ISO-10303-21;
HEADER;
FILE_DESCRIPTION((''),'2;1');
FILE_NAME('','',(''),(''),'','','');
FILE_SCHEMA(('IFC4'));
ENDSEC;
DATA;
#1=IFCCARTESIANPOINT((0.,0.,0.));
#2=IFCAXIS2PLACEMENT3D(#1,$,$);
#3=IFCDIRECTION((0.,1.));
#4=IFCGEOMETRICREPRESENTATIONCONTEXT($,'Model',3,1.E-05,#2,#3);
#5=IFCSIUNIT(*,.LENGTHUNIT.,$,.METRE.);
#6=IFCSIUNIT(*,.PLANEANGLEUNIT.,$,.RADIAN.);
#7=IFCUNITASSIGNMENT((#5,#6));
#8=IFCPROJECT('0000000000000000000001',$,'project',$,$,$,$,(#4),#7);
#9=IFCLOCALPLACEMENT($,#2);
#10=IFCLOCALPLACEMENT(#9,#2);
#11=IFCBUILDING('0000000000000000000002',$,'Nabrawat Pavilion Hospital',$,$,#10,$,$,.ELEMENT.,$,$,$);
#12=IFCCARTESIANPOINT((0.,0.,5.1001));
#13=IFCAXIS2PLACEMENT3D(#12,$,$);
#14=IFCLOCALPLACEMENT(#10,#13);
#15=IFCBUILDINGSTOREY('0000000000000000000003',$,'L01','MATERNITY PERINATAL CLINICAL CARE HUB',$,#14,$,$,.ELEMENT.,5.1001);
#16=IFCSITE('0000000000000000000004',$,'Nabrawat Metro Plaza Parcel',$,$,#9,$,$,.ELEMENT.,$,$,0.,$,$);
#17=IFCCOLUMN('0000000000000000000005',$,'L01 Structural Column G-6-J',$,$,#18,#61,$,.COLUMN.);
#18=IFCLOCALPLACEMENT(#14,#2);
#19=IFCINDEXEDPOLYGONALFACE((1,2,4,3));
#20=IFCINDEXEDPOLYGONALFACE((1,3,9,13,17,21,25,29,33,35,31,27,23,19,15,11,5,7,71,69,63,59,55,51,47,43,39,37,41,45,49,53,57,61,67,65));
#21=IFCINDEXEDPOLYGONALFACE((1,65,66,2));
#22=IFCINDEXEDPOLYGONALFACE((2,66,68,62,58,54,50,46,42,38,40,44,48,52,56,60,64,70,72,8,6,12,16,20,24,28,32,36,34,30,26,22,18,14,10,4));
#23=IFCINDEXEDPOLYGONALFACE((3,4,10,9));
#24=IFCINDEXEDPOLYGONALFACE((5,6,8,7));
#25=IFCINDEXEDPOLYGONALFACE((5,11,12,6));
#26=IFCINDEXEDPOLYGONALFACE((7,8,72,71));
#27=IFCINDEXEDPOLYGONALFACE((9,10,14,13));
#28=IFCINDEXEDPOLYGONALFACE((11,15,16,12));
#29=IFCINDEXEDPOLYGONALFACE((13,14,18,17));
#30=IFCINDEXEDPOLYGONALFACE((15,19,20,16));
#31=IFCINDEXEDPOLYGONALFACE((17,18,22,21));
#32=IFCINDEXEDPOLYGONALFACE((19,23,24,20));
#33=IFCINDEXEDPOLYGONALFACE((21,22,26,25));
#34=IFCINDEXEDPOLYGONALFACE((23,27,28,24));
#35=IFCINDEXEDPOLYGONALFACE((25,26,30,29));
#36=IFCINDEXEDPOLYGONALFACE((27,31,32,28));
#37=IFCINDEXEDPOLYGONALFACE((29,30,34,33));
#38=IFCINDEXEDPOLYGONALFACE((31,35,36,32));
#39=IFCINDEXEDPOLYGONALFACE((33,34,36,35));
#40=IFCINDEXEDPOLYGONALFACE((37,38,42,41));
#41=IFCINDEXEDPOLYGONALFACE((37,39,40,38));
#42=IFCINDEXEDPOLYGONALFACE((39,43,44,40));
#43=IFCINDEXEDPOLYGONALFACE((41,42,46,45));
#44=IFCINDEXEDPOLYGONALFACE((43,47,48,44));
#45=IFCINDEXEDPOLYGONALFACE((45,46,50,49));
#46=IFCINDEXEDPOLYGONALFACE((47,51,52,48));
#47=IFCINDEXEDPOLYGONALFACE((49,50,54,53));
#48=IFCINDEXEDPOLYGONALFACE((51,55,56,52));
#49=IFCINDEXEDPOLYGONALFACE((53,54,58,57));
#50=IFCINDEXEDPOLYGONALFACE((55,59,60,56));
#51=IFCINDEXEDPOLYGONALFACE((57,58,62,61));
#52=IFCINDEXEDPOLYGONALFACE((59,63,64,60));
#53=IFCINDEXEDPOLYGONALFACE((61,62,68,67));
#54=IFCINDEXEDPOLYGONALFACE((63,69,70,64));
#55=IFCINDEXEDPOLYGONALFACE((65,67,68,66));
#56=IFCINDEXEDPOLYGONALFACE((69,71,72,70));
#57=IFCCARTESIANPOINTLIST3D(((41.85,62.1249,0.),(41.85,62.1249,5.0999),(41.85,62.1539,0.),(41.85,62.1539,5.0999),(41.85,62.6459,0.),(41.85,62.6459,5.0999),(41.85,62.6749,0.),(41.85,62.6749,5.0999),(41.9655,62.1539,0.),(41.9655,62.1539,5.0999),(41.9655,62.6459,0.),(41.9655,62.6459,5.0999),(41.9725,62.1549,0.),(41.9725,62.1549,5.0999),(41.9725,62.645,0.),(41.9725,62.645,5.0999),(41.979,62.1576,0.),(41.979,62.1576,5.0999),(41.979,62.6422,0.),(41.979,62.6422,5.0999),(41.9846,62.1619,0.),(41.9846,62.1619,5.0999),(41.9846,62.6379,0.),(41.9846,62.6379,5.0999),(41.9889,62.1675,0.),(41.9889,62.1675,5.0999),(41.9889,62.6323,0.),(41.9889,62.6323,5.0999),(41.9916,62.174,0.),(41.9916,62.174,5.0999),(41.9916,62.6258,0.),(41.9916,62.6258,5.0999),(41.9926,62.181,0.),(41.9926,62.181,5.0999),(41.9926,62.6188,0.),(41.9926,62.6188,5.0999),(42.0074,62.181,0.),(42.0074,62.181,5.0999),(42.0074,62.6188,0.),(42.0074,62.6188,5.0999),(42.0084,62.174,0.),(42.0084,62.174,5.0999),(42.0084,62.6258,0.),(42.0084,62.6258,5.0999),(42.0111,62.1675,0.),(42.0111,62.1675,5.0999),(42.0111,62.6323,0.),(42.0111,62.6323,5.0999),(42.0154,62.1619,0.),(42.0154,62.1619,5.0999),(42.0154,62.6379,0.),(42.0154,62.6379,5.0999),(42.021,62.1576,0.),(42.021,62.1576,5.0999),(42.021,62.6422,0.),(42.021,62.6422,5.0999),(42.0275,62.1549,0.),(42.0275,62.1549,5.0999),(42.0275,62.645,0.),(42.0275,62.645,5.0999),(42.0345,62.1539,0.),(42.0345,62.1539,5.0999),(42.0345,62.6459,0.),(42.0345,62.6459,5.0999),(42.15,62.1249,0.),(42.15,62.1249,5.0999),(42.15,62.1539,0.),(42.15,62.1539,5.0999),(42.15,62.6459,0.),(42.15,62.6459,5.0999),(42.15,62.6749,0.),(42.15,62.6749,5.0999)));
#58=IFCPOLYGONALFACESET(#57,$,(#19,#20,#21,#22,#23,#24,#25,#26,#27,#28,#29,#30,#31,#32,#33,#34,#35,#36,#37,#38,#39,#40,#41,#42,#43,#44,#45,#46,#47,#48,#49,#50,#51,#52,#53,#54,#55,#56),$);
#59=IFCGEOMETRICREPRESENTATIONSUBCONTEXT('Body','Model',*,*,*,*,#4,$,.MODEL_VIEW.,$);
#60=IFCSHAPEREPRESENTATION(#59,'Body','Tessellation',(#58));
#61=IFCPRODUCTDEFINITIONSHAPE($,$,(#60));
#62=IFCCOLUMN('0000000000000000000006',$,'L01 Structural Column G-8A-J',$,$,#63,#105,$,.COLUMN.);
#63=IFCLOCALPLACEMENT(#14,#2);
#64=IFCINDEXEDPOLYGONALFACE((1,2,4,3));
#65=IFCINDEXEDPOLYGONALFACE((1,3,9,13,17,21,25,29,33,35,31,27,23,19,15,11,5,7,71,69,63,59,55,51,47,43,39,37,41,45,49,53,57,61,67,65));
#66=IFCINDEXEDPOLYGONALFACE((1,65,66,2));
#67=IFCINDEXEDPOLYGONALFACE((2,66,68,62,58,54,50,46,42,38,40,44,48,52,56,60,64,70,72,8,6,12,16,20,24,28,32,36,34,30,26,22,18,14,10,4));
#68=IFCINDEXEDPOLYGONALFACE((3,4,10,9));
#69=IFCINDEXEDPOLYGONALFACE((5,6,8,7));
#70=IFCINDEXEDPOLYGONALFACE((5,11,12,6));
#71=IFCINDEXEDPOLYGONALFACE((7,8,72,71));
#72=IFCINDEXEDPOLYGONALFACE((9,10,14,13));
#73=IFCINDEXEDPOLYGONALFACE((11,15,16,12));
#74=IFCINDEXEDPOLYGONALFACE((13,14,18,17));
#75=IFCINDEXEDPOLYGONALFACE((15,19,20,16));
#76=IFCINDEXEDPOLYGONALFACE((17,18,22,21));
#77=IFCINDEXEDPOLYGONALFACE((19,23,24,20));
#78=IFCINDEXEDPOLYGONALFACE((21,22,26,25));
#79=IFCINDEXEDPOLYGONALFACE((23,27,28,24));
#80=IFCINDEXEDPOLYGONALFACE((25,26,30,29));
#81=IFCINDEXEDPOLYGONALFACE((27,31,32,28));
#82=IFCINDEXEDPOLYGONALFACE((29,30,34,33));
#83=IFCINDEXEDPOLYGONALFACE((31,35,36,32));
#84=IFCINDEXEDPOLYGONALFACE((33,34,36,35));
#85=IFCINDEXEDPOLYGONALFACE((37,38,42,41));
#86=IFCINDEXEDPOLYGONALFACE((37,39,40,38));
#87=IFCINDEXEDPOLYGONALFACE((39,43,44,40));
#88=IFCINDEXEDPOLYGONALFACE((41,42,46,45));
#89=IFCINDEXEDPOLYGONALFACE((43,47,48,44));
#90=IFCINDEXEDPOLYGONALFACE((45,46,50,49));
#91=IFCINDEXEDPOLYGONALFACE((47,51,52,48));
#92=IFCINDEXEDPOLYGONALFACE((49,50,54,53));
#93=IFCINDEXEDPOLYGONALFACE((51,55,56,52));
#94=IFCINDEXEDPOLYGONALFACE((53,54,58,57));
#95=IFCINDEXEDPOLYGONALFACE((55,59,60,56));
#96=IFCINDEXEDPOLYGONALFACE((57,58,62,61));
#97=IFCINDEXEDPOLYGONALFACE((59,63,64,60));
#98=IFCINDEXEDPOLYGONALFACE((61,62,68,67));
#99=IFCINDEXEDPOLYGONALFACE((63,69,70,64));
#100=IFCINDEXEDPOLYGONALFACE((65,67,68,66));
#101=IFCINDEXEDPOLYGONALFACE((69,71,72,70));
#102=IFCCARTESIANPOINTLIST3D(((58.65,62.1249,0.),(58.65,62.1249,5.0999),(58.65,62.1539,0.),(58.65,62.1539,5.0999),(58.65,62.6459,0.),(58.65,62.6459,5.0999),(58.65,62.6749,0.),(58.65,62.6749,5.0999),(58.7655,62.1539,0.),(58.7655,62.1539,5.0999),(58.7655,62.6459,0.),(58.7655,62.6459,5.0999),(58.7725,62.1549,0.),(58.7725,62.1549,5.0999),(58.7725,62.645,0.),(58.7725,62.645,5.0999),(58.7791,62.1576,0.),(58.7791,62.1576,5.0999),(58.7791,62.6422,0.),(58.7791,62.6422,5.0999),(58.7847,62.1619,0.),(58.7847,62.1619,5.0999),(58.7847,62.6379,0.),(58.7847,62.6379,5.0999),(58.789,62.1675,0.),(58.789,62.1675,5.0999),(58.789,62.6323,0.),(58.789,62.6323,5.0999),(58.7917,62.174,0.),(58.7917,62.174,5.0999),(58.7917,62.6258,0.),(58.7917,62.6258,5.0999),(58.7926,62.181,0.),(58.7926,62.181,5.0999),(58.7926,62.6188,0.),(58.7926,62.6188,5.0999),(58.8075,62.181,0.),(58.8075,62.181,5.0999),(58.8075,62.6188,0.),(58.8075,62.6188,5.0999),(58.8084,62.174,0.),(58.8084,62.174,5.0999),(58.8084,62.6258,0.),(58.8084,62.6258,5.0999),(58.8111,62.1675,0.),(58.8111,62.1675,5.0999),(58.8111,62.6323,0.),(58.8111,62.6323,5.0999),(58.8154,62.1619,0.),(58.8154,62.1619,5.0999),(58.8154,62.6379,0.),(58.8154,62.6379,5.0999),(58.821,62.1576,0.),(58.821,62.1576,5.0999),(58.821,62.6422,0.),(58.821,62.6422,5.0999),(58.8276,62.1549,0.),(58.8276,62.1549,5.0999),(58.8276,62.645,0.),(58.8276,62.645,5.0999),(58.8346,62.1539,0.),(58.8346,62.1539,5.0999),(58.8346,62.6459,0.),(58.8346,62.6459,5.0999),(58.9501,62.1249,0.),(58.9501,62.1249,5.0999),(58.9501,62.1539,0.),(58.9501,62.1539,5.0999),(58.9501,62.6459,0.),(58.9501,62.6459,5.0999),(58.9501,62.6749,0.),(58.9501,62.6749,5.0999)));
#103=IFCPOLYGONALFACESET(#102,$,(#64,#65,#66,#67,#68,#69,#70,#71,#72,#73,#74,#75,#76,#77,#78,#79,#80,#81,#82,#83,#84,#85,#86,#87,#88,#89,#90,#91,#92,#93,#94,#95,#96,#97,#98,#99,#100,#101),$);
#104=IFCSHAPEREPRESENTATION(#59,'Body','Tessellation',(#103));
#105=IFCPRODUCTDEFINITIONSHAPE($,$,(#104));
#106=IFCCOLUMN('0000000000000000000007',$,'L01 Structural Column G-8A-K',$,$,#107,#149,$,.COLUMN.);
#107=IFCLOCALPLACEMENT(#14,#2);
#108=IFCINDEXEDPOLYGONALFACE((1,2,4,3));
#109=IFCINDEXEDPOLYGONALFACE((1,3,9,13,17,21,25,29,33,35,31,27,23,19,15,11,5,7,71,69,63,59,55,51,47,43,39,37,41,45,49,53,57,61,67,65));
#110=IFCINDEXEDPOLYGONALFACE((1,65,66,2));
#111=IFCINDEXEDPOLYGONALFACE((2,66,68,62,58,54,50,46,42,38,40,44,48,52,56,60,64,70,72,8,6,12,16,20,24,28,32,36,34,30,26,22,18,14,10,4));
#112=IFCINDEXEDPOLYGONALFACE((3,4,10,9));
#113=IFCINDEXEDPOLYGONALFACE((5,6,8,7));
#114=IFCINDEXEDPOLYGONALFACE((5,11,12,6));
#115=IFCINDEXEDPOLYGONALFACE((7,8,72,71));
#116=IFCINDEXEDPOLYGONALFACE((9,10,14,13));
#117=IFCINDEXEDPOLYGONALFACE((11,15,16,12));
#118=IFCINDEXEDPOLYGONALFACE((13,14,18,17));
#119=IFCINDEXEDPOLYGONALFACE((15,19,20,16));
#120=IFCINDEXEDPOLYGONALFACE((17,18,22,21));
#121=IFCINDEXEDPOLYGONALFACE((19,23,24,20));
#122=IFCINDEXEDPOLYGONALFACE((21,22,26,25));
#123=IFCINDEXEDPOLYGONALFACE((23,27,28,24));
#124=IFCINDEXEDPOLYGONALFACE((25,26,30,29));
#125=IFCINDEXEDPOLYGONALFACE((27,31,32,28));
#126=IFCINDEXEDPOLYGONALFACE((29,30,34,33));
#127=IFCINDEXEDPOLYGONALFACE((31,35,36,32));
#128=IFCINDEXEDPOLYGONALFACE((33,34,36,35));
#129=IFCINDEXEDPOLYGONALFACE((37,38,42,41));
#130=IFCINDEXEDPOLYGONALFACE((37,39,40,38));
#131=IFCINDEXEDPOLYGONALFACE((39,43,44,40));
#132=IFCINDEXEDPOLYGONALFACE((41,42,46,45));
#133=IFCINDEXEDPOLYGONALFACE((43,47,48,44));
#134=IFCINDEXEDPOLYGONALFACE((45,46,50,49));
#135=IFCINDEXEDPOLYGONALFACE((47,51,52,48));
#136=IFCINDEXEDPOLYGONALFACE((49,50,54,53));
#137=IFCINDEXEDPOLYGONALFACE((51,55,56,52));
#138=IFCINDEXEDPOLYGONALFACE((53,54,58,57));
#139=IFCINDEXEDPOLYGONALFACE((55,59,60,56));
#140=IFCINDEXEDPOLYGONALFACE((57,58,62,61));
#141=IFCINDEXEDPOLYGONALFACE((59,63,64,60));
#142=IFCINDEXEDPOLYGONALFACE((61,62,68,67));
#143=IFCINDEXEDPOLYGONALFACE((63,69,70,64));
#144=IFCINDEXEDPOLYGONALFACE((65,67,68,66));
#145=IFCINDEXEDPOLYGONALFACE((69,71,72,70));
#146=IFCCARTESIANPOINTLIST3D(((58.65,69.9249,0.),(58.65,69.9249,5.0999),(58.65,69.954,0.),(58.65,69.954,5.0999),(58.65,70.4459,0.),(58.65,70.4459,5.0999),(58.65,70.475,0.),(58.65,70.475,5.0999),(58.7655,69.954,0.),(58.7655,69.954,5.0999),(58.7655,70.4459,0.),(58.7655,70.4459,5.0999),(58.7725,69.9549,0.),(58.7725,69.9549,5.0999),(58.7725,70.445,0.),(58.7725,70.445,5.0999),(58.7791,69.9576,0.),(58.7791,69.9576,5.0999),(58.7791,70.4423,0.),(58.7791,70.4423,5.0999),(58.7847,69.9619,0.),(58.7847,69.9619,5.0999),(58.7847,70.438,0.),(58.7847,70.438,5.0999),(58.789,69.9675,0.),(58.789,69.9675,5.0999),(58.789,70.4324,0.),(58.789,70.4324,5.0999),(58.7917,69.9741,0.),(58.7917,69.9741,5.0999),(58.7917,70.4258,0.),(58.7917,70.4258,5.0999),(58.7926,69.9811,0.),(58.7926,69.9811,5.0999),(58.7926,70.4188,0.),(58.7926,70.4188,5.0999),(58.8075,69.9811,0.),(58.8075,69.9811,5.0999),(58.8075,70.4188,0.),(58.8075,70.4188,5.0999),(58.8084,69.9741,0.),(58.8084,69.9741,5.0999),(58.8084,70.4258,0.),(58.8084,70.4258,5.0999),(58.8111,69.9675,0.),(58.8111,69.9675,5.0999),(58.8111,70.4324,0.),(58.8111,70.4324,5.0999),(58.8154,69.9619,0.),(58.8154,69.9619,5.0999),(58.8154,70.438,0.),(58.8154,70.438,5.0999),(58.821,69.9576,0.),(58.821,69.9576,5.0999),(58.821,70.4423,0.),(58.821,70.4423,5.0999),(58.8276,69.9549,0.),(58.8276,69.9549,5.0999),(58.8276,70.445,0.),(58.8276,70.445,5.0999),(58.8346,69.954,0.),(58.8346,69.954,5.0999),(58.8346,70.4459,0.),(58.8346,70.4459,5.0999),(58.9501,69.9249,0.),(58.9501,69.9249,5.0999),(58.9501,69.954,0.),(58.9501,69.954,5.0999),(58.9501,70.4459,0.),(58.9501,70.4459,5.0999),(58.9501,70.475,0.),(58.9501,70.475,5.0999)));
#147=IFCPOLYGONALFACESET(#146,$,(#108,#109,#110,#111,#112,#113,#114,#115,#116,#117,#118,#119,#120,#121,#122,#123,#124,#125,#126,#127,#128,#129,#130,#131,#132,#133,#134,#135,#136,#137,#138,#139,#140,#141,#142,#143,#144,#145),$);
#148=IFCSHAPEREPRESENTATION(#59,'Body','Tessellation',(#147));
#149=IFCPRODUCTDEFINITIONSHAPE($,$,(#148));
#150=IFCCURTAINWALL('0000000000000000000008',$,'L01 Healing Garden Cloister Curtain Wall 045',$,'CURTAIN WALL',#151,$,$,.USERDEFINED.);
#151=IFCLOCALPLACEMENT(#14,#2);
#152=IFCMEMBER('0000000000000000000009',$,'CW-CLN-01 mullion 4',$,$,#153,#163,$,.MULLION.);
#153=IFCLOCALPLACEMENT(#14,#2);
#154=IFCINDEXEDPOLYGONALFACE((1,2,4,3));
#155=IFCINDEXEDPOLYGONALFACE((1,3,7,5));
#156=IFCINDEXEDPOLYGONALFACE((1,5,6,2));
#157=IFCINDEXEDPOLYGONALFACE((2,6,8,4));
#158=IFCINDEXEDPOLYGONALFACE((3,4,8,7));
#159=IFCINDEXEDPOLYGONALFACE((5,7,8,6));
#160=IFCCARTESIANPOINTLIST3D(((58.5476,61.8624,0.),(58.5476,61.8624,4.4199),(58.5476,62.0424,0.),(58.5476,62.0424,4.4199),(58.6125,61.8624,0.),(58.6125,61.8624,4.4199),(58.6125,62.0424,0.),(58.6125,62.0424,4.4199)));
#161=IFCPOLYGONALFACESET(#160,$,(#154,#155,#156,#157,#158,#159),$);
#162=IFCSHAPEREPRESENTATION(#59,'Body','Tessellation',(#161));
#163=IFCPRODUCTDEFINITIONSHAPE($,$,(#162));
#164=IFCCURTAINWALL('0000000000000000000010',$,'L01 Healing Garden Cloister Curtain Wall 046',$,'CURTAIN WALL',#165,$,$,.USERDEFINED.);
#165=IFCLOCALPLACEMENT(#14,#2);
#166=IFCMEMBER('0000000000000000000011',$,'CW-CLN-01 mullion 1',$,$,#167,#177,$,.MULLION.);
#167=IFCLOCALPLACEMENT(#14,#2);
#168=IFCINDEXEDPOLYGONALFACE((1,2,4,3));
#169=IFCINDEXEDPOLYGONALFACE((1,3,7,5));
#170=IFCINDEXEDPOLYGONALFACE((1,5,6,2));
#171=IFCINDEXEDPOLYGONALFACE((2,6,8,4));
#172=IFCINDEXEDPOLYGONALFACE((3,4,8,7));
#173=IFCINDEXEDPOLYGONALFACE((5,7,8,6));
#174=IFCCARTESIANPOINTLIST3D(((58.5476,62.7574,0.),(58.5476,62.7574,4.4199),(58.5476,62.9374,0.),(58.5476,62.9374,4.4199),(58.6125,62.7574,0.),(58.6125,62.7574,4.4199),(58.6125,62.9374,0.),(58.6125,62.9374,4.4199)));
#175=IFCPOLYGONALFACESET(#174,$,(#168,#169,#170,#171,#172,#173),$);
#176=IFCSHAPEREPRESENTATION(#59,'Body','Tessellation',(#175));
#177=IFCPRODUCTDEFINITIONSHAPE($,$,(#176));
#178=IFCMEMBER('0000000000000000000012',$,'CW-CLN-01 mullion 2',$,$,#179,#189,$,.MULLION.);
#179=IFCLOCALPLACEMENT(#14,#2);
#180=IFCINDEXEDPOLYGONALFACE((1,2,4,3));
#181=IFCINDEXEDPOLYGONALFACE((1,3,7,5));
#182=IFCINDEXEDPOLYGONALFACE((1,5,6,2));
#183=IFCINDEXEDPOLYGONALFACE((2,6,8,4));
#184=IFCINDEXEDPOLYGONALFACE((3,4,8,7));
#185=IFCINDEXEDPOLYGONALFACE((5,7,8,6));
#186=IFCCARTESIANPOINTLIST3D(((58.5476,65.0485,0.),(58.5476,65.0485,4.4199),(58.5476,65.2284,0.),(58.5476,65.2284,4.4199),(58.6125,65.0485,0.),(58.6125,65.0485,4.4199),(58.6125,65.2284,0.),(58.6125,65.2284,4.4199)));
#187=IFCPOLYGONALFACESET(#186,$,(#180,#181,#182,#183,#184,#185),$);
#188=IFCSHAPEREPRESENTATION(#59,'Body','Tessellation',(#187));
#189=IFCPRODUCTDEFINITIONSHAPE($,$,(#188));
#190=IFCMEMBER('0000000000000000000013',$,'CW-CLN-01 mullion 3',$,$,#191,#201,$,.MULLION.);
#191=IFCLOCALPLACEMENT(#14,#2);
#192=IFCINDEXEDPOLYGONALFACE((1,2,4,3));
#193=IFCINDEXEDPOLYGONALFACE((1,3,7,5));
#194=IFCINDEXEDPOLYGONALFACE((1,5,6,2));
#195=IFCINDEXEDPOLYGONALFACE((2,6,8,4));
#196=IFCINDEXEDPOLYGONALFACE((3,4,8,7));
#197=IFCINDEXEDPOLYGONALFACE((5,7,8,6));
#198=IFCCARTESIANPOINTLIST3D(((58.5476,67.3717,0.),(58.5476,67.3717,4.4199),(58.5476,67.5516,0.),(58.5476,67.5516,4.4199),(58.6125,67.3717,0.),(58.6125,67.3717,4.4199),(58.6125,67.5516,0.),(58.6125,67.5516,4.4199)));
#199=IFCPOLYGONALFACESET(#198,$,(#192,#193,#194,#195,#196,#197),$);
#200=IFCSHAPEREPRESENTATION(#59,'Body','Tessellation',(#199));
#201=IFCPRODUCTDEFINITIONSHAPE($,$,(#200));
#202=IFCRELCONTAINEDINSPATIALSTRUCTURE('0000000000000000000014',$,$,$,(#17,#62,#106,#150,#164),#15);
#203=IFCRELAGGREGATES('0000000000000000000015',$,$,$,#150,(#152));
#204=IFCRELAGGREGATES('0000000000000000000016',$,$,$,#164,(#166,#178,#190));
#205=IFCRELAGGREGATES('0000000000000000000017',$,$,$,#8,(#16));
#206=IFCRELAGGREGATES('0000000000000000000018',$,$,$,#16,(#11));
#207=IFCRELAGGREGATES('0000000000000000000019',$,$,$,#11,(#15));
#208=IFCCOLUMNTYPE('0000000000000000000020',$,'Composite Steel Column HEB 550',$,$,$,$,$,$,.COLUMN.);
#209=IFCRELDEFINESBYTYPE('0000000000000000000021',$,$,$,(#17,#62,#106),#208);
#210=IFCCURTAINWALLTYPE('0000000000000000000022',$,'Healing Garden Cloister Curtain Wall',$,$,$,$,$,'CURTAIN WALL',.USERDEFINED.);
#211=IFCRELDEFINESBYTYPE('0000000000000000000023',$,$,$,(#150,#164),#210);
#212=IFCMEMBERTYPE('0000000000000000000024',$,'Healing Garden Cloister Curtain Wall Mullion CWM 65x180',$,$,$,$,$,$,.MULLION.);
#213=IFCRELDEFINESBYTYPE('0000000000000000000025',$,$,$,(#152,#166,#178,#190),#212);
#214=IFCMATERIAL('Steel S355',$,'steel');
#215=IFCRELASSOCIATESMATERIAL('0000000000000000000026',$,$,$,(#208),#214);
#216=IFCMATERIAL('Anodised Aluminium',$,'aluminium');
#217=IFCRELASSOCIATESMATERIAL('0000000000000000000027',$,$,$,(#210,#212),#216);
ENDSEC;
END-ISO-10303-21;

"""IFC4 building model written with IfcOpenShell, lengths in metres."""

from ifc_helpers import new_model, si_unit, direction, frame, origin, origin_2d, place, context, subcontext, project, spatial, rectangle, i_section, extrude, material, material_profile, profile_set, type_object, element, aggregate, save


model = new_model("IFC4")

# Units and contexts
model_context = context("Model", 3, precision=1e-05, world=origin(), true_north=direction((0.0, 1.0)))
body_context = subcontext(model_context, "Body", "Model", "MODEL_VIEW")
ifc_project = project(units=[si_unit("LENGTHUNIT", "METRE"), si_unit("PLANEANGLEUNIT", "RADIAN")], contexts=[model_context])

# Site, building, storey
site_placement = place(None, origin())
site = spatial("IfcSite", under=ifc_project, at=site_placement, Name="Nabrawat Metro Plaza Parcel", CompositionType="ELEMENT", RefElevation=0.0)
building_placement = place(site_placement, origin())
building = spatial("IfcBuilding", under=site, at=building_placement, Name="Nabrawat Pavilion Hospital", CompositionType="ELEMENT")
storey_placement = place(building_placement, frame((0.0, 0.0, 5.1001)))
storey = spatial("IfcBuildingStorey", under=building, at=storey_placement, Name="L01", Description="MATERNITY PERINATAL CLINICAL CARE HUB", CompositionType="ELEMENT", Elevation=5.1001)

# Columns
ifc_material_1 = material(Name="Steel S355", Category="steel")
ifc_material_profile_1 = material_profile(ifc_material_1, i_section(OverallWidth=0.3, OverallDepth=0.55, WebThickness=0.0149, FlangeThickness=0.0291, FilletRadius=0.0271, at=origin_2d()), Name="HEB 550")
ifc_profile_set_1 = profile_set([ifc_material_profile_1], Name="Steel S355")
column_type = type_object("IfcColumnType", Name="Composite Steel Column HEB 550", PredefinedType="COLUMN", material=ifc_profile_set_1)
for number, where, z_axis, x_axis, name in (
    (1, (42.0, 62.3999, 0.0), (0.0, 0.0, 1.0), (1.0, 0.0, 0.0), "L01 Structural Column G-6-J"),
    (2, (58.8, 62.3999, 0.0), (0.0, 0.0, 1.0), (1.0, 0.0, 0.0), "L01 Structural Column G-8A-J"),
    (3, (58.8, 70.2, 0.0), (0.0, 0.0, 1.0), (1.0, 0.0, 0.0), "L01 Structural Column G-8A-K"),
):
    element("IfcColumn", number, at=place(storey_placement, frame(where, z_axis=z_axis, x_axis=x_axis)), inside=storey, type_object=column_type, Name=name, PredefinedType="COLUMN", context=body_context, shape_type="SweptSolid", body=[
        extrude(i_section(OverallWidth=0.3, OverallDepth=0.55, WebThickness=0.0149, FlangeThickness=0.0291, FilletRadius=0.0271, at=origin_2d()), origin(), (0.0, 0.0, 1.0), 5.0999),
    ])

# Curtain wall, member
ifc_material_2 = material(Name="Anodised Aluminium", Category="aluminium")
curtain_wall_type = type_object("IfcCurtainWallType", Name="Healing Garden Cloister Curtain Wall", ElementType="CURTAIN WALL", PredefinedType="USERDEFINED", material=ifc_material_2)
curtain_wall_1_placement = place(storey_placement, origin())
curtain_wall_1 = element("IfcCurtainWall", 4, at=curtain_wall_1_placement, inside=storey, type_object=curtain_wall_type, Name="L01 Healing Garden Cloister Curtain Wall 045", ObjectType="CURTAIN WALL", PredefinedType="USERDEFINED")
ifc_material_profile_2 = material_profile(ifc_material_2, rectangle(XDim=0.0649, YDim=0.1799, at=origin_2d()), Name="CWM 65x180")
ifc_profile_set_2 = profile_set([ifc_material_profile_2], Name="Anodised Aluminium")
member_type_1 = type_object("IfcMemberType", Name="Healing Garden Cloister Curtain Wall Mullion CWM 65x180", PredefinedType="MULLION", material=ifc_profile_set_2)
member_1_placement = place(storey_placement, frame((58.5801, 61.9524, 0.0), z_axis=(0.0, 0.0, 1.0), x_axis=(-1.0, 0.0, 0.0)))
member_1 = element("IfcMember", 5, at=member_1_placement, type_object=member_type_1, Name="CW-CLN-01 mullion 4", PredefinedType="MULLION", context=body_context, shape_type="SweptSolid", body=[
    extrude(rectangle(XDim=0.0649, YDim=0.1799, at=origin_2d()), origin(), (0.0, 0.0, 1.0), 4.4199),
])

# Curtain wall, members
curtain_wall_2_placement = place(storey_placement, origin())
curtain_wall_2 = element("IfcCurtainWall", 6, at=curtain_wall_2_placement, inside=storey, type_object=curtain_wall_type, Name="L01 Healing Garden Cloister Curtain Wall 046", ObjectType="CURTAIN WALL", PredefinedType="USERDEFINED")
member_2_placement = place(storey_placement, frame((58.5801, 62.8474, 0.0), z_axis=(0.0, 0.0, 1.0), x_axis=(-1.0, 0.0, 0.0)))
member_2 = element("IfcMember", 7, at=member_2_placement, type_object=member_type_1, Name="CW-CLN-01 mullion 1", PredefinedType="MULLION", context=body_context, shape_type="SweptSolid", body=[
    extrude(rectangle(XDim=0.0649, YDim=0.1799, at=origin_2d()), origin(), (0.0, 0.0, 1.0), 4.4199),
])
member_3_placement = place(storey_placement, frame((58.5801, 65.1384, 0.0), z_axis=(0.0, 0.0, 1.0), x_axis=(-1.0, 0.0, 0.0)))
member_3 = element("IfcMember", 8, at=member_3_placement, type_object=member_type_1, Name="CW-CLN-01 mullion 2", PredefinedType="MULLION", context=body_context, shape_type="SweptSolid", body=[
    extrude(rectangle(XDim=0.0649, YDim=0.1799, at=origin_2d()), origin(), (0.0, 0.0, 1.0), 4.4199),
])
member_4_placement = place(storey_placement, frame((58.5801, 67.4617, 0.0), z_axis=(0.0, 0.0, 1.0), x_axis=(-1.0, 0.0, 0.0)))
member_4 = element("IfcMember", 9, at=member_4_placement, type_object=member_type_1, Name="CW-CLN-01 mullion 3", PredefinedType="MULLION", context=body_context, shape_type="SweptSolid", body=[
    extrude(rectangle(XDim=0.0649, YDim=0.1799, at=origin_2d()), origin(), (0.0, 0.0, 1.0), 4.4199),
])

aggregate(curtain_wall_1, [member_1])
aggregate(curtain_wall_2, [member_2, member_3, member_4])

save(model, "model.ifc")
